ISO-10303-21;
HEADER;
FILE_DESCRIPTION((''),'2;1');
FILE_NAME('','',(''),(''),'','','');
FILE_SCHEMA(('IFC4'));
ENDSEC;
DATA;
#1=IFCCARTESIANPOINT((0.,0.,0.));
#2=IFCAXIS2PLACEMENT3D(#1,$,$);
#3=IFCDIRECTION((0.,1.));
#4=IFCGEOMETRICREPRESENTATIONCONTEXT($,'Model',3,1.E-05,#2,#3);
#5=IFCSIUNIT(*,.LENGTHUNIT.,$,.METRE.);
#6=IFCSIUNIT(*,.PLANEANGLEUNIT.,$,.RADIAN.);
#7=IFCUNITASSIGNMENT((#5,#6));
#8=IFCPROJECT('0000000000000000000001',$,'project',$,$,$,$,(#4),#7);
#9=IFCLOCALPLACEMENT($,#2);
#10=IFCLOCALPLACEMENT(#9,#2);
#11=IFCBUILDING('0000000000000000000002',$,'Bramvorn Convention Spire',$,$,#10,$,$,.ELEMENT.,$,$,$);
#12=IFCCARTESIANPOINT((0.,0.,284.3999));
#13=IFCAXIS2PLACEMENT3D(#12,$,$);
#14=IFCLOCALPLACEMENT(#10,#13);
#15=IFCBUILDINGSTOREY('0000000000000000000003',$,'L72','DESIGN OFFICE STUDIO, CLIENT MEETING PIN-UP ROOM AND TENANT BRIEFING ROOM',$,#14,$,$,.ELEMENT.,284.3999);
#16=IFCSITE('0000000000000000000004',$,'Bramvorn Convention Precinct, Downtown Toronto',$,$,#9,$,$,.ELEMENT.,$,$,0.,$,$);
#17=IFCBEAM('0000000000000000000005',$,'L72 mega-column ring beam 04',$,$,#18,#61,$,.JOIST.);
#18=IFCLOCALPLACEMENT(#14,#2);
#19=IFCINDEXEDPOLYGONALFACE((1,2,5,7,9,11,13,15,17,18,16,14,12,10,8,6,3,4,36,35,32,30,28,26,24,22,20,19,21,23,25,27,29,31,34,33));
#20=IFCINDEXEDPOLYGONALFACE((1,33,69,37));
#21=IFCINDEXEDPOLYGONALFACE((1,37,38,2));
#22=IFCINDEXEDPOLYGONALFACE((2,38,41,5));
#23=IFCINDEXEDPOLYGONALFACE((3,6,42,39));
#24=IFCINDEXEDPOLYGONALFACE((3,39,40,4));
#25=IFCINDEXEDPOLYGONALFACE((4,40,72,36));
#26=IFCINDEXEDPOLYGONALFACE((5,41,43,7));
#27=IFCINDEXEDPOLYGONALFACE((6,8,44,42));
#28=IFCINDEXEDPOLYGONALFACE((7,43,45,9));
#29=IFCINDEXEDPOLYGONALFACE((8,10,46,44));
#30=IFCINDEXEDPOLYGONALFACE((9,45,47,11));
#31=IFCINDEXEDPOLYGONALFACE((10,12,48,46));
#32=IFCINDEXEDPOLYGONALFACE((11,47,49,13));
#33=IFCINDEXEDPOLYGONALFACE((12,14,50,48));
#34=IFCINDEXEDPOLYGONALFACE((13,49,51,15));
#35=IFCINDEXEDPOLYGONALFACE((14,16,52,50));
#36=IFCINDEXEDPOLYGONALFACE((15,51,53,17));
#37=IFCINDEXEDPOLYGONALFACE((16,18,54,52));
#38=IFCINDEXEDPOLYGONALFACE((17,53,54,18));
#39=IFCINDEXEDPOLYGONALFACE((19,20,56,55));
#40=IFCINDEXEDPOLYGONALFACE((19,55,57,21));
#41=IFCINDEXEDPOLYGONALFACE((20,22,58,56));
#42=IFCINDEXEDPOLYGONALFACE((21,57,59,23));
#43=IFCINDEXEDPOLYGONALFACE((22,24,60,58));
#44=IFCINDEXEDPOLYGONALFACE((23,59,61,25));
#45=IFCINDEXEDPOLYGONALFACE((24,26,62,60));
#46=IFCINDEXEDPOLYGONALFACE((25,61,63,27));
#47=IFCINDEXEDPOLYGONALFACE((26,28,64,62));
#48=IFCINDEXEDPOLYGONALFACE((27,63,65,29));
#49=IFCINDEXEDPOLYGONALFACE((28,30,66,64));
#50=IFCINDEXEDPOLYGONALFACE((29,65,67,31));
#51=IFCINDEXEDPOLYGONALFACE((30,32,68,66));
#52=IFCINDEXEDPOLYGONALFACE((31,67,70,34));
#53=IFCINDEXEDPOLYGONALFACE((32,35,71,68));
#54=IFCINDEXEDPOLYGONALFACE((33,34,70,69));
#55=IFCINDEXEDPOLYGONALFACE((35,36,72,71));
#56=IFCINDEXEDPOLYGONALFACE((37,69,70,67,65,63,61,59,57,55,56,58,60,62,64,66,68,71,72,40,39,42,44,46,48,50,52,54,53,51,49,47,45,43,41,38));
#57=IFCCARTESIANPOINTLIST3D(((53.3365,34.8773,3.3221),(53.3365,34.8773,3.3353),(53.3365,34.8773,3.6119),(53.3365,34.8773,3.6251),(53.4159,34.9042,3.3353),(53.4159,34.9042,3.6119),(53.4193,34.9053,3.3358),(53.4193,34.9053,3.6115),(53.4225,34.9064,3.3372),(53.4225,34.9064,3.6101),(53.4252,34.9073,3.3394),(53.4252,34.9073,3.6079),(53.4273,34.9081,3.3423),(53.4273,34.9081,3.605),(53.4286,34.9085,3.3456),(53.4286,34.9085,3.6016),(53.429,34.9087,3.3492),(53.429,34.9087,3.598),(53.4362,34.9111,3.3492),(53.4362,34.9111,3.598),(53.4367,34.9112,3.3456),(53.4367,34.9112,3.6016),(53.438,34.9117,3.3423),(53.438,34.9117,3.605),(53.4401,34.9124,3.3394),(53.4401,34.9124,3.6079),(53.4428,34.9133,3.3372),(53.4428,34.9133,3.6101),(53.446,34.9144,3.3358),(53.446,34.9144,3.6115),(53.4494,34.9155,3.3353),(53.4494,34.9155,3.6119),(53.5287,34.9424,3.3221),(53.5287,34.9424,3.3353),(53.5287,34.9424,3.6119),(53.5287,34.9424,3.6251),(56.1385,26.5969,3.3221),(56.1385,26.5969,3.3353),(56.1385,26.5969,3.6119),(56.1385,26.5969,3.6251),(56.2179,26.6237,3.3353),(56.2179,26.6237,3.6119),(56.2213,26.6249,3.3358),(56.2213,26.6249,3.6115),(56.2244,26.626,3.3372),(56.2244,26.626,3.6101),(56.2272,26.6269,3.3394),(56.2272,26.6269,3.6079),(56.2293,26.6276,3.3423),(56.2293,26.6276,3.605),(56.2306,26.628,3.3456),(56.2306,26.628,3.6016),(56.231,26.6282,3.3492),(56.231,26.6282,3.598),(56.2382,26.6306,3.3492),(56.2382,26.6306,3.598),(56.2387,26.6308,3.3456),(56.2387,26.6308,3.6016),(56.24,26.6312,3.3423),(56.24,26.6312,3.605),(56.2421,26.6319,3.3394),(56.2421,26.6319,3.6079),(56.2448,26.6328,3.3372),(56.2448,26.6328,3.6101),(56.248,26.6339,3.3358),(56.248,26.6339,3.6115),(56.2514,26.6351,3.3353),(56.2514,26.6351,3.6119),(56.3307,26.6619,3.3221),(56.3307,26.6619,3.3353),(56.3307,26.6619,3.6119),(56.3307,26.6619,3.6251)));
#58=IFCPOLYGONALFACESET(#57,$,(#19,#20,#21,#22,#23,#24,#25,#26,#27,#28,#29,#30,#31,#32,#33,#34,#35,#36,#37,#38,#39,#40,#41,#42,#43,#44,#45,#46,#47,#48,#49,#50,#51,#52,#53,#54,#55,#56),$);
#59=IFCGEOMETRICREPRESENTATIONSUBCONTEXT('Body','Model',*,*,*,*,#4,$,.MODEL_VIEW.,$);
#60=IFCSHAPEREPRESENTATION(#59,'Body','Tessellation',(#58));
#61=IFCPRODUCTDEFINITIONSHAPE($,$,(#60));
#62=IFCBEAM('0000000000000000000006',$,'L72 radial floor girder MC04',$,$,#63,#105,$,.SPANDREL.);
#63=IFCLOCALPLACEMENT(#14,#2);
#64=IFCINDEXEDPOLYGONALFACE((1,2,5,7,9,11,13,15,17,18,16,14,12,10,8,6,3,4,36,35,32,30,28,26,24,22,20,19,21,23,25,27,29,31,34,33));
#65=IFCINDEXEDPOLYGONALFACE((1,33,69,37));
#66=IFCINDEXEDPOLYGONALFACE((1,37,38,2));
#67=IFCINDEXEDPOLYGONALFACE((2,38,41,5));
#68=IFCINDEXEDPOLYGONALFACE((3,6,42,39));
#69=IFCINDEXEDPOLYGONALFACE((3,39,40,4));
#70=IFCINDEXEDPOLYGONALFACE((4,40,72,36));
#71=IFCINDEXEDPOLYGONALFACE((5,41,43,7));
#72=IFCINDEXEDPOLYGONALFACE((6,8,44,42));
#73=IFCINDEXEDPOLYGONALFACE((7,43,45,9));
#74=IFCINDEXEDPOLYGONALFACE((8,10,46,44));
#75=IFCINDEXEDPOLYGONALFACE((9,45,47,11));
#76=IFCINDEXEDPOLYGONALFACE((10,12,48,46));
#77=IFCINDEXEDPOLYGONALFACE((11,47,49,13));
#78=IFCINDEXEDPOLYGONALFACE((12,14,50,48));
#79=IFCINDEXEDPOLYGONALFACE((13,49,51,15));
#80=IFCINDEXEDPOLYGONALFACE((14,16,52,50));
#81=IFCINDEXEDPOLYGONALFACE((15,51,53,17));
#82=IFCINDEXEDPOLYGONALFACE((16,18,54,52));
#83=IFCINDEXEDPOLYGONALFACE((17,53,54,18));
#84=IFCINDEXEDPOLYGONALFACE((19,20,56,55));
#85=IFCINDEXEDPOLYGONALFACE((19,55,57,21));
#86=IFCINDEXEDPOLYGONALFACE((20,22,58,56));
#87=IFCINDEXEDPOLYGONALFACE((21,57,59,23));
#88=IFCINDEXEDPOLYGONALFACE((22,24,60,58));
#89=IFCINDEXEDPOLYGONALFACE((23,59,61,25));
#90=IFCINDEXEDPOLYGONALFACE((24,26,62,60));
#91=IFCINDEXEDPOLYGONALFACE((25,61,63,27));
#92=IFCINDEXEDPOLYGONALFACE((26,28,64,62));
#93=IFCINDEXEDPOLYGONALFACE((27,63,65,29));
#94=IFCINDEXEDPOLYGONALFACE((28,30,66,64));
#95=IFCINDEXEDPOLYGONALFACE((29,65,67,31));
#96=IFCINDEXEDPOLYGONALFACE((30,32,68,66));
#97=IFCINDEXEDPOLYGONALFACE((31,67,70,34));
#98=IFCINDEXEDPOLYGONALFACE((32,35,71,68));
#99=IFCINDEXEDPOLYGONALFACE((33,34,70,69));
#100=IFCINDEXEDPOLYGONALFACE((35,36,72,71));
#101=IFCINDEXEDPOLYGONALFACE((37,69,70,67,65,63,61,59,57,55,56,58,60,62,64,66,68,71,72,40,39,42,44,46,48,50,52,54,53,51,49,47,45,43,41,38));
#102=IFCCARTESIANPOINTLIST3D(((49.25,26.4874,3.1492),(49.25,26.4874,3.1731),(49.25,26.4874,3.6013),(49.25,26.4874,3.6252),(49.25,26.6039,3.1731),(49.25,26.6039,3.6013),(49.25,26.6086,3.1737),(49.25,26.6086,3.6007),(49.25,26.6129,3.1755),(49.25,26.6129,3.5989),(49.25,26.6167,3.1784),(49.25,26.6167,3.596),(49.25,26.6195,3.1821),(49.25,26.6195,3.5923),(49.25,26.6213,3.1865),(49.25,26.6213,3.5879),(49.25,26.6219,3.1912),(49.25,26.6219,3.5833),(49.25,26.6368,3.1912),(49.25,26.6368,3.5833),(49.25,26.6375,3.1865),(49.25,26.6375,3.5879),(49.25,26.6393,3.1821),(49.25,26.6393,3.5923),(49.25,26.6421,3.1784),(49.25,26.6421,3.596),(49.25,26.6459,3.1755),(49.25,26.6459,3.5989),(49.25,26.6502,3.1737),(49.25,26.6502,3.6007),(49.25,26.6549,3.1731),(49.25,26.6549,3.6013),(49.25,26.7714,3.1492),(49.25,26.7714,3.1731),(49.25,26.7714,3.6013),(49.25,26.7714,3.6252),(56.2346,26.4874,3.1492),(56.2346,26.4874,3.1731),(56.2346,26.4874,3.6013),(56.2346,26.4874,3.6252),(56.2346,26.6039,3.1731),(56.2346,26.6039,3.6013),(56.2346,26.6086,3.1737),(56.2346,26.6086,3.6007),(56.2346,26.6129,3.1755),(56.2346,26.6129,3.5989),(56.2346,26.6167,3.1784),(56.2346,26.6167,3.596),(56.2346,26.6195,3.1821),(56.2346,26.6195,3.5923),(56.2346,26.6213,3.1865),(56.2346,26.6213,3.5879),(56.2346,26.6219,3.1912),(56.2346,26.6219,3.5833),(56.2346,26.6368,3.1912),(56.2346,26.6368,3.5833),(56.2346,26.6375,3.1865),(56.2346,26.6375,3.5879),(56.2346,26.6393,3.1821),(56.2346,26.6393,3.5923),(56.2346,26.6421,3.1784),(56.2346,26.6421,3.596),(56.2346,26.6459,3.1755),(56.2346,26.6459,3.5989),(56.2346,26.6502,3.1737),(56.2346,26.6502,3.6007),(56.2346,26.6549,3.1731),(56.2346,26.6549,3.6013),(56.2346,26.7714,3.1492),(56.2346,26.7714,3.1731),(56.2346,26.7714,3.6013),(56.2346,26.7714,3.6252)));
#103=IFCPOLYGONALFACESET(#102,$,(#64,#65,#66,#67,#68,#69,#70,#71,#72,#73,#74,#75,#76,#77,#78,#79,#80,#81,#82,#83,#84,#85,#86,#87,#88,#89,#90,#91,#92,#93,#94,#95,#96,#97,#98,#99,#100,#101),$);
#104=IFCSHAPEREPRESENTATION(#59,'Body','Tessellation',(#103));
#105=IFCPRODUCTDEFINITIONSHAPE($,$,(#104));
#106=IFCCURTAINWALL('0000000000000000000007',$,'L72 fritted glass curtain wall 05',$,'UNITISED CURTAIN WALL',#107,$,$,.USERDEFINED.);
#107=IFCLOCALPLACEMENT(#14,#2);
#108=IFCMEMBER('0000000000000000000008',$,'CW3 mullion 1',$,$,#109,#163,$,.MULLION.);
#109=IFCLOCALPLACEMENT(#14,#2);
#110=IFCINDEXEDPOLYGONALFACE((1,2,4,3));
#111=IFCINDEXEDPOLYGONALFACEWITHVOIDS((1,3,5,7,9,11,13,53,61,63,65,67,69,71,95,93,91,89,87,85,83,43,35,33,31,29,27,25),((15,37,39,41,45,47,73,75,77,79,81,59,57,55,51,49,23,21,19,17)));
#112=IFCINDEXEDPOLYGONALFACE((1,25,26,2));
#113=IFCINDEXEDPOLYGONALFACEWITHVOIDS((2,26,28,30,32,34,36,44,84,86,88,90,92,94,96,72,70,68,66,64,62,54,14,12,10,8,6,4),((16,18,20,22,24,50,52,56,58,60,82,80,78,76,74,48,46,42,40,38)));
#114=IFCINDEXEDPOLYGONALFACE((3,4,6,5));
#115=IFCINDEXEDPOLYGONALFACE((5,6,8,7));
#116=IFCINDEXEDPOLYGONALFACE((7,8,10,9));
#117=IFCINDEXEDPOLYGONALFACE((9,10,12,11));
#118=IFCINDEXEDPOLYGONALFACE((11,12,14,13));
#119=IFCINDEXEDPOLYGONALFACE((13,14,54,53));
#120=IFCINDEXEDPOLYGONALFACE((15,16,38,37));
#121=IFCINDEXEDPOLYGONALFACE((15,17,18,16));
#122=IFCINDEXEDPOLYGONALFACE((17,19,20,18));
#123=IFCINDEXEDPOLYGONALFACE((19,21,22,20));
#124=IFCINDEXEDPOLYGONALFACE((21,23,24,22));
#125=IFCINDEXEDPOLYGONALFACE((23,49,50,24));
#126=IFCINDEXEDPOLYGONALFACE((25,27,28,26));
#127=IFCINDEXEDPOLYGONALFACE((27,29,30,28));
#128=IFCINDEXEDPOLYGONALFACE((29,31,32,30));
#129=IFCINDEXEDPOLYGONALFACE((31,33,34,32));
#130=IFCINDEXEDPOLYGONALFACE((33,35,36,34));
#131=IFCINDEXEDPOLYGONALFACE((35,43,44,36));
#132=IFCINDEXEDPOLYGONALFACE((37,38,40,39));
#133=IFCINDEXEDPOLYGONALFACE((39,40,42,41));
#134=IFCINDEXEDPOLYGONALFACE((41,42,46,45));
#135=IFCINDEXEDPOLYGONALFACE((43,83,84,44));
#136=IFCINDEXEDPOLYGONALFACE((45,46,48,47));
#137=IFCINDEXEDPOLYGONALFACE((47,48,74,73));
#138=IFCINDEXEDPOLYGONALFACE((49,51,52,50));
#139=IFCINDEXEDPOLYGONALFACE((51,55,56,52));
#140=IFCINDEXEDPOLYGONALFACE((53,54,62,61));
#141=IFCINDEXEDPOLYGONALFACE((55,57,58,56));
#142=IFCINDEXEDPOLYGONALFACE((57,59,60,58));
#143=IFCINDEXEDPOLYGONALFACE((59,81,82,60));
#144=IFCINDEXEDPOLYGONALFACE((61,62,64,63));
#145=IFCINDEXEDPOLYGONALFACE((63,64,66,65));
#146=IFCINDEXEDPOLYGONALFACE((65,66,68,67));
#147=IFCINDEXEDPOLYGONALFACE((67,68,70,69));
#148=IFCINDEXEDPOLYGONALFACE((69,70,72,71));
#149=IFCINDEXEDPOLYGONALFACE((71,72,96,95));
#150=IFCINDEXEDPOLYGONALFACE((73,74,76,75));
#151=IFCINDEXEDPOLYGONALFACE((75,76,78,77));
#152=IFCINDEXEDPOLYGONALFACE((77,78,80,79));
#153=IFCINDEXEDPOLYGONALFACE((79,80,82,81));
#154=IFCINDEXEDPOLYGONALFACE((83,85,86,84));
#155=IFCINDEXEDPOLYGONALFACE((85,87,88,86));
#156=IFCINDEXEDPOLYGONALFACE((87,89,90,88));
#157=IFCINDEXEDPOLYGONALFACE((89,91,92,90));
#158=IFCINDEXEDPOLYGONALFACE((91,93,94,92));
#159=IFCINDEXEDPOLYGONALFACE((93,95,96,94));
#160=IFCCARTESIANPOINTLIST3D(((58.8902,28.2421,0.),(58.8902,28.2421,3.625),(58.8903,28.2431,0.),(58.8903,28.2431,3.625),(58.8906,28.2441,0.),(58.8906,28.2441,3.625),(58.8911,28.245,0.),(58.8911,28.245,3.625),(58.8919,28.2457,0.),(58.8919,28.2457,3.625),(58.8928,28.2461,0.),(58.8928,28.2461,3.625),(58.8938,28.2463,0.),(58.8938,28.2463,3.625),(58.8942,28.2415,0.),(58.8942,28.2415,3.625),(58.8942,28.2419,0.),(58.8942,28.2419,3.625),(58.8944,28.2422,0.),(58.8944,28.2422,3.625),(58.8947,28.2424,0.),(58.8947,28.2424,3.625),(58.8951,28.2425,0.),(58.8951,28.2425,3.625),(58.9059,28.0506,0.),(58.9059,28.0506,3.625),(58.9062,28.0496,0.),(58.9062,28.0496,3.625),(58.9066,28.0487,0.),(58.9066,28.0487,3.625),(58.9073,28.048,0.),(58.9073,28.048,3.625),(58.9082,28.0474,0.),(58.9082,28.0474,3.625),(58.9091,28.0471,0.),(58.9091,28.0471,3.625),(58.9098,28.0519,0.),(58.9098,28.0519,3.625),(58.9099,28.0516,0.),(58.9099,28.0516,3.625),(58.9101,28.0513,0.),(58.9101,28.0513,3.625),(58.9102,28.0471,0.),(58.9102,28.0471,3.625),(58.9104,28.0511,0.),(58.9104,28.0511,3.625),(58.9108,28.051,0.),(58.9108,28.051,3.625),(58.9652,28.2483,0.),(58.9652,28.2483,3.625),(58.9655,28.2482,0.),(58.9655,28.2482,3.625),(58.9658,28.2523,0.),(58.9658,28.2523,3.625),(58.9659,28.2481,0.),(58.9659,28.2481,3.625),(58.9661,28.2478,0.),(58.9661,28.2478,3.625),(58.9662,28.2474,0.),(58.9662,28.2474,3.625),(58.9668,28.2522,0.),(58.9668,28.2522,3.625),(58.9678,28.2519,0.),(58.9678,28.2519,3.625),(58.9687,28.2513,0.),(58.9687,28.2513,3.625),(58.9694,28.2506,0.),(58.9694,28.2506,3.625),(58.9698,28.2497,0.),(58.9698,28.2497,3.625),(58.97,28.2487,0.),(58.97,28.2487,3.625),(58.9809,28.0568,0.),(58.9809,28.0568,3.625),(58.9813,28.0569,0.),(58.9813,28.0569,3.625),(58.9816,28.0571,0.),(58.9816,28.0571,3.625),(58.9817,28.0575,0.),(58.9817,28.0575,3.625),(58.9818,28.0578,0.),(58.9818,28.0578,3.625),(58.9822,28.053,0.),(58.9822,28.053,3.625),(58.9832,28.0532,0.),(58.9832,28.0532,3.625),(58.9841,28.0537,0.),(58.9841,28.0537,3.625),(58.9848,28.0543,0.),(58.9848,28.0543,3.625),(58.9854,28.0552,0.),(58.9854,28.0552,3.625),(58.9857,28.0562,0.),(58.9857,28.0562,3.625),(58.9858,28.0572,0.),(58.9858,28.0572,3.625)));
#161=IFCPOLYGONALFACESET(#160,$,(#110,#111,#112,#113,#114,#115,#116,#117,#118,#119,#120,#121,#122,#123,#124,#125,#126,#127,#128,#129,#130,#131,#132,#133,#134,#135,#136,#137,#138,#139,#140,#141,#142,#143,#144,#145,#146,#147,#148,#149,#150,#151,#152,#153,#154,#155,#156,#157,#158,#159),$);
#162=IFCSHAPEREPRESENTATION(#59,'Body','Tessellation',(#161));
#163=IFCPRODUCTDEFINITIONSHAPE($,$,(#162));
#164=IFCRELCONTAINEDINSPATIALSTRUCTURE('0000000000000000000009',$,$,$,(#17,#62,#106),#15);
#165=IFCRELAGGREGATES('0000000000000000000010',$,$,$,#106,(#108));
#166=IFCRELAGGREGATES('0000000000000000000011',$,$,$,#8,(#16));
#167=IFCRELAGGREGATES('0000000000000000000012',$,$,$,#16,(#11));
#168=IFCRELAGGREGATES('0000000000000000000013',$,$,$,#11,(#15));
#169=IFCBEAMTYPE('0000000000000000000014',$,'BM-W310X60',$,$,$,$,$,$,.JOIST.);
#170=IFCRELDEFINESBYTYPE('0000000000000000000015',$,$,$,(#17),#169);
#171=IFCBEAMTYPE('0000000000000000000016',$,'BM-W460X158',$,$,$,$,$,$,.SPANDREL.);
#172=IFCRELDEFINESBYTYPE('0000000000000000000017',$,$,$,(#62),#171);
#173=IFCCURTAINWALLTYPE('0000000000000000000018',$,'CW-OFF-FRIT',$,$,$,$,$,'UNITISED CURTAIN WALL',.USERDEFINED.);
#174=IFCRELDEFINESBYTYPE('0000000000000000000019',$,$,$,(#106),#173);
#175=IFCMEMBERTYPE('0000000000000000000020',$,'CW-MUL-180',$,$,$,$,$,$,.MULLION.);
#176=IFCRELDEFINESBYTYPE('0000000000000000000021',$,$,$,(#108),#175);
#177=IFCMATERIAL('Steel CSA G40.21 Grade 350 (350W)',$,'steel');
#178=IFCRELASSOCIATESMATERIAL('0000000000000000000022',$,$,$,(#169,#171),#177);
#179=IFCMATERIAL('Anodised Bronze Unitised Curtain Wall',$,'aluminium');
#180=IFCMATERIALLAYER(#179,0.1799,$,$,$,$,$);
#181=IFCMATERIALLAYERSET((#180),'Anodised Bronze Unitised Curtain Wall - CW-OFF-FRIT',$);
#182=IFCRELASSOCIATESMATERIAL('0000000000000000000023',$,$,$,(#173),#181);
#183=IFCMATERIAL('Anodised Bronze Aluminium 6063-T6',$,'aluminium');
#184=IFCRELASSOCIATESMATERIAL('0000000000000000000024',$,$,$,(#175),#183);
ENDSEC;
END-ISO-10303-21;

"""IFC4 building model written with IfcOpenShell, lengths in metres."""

from ifc_helpers import new_model, si_unit, direction, frame, origin, origin_2d, place, context, subcontext, project, spatial, hollow_rectangle, i_section, extrude, material, layer, layer_set, material_profile, profile_set, type_object, element, aggregate, save


model = new_model("IFC4")

# Units and contexts
model_context = context("Model", 3, precision=1e-05, world=origin(), true_north=direction((0.0, 1.0)))
body_context = subcontext(model_context, "Body", "Model", "MODEL_VIEW")
ifc_project = project(units=[si_unit("LENGTHUNIT", "METRE"), si_unit("PLANEANGLEUNIT", "RADIAN")], contexts=[model_context])

# Site, building, storey
site_placement = place(None, origin())
site = spatial("IfcSite", under=ifc_project, at=site_placement, Name="Bramvorn Convention Precinct, Downtown Toronto", CompositionType="ELEMENT", RefElevation=0.0)
building_placement = place(site_placement, origin())
building = spatial("IfcBuilding", under=site, at=building_placement, Name="Bramvorn Convention Spire", CompositionType="ELEMENT")
storey_placement = place(building_placement, frame((0.0, 0.0, 284.3999)))
storey = spatial("IfcBuildingStorey", under=building, at=storey_placement, Name="L72", Description="DESIGN OFFICE STUDIO, CLIENT MEETING PIN-UP ROOM AND TENANT BRIEFING ROOM", CompositionType="ELEMENT", Elevation=284.3999)

# Shared definitions
ifc_material_1 = material(Name="Steel CSA G40.21 Grade 350 (350W)", Category="steel")

# Beams
ifc_material_profile_1 = material_profile(ifc_material_1, i_section(OverallWidth=0.2029, OverallDepth=0.303, WebThickness=0.0076, FlangeThickness=0.0132, FilletRadius=0.0139, at=origin_2d()))
ifc_profile_set_1 = profile_set([ifc_material_profile_1], Name="Steel CSA G40.21 Grade 350 (350W) - W310X60")
beam_type_1 = type_object("IfcBeamType", Name="BM-W310X60", PredefinedType="JOIST", material=ifc_profile_set_1)
beam_1_placement = place(storey_placement, frame((56.2346, 26.6294, 3.4736), z_axis=(-0.320531, 0.947238, 0.0), x_axis=(-0.947238, -0.320531, 0.0)))
element("IfcBeam", 1, at=beam_1_placement, inside=storey, type_object=beam_type_1, Name="L72 mega-column ring beam 04", PredefinedType="JOIST", context=body_context, shape_type="SweptSolid", body=[
    extrude(i_section(OverallWidth=0.2029, OverallDepth=0.303, WebThickness=0.0076, FlangeThickness=0.0132, FilletRadius=0.0139, at=origin_2d()), origin(), (0.0, 0.0, 1.0), 8.7417),
])
ifc_material_profile_2 = material_profile(ifc_material_1, i_section(OverallWidth=0.2839, OverallDepth=0.4761, WebThickness=0.0149, FlangeThickness=0.0239, FilletRadius=0.0181, at=origin_2d()))
ifc_profile_set_2 = profile_set([ifc_material_profile_2], Name="Steel CSA G40.21 Grade 350 (350W) - W460X158")
beam_type_2 = type_object("IfcBeamType", Name="BM-W460X158", PredefinedType="SPANDREL", material=ifc_profile_set_2)
beam_2_placement = place(storey_placement, frame((49.25, 26.6294, 3.3872), z_axis=(1.0, 0.0, 0.0), x_axis=(0.0, 1.0, 0.0)))
element("IfcBeam", 2, at=beam_2_placement, inside=storey, type_object=beam_type_2, Name="L72 radial floor girder MC04", PredefinedType="SPANDREL", context=body_context, shape_type="SweptSolid", body=[
    extrude(i_section(OverallWidth=0.2839, OverallDepth=0.4761, WebThickness=0.0149, FlangeThickness=0.0239, FilletRadius=0.0181, at=origin_2d()), origin(), (0.0, 0.0, 1.0), 6.9846),
])

# Curtain wall, member
ifc_material_2 = material(Name="Anodised Bronze Unitised Curtain Wall", Category="aluminium")
ifc_layer_1 = layer(ifc_material_2, 0.1799)
ifc_layer_set_1 = layer_set([ifc_layer_1], Name="Anodised Bronze Unitised Curtain Wall - CW-OFF-FRIT")
curtain_wall_type = type_object("IfcCurtainWallType", Name="CW-OFF-FRIT", ElementType="UNITISED CURTAIN WALL", PredefinedType="USERDEFINED", material=ifc_layer_set_1)
curtain_wall_placement = place(storey_placement, origin())
curtain_wall = element("IfcCurtainWall", 3, at=curtain_wall_placement, inside=storey, type_object=curtain_wall_type, Name="L72 fritted glass curtain wall 05", ObjectType="UNITISED CURTAIN WALL", PredefinedType="USERDEFINED")
ifc_material_3 = material(Name="Anodised Bronze Aluminium 6063-T6", Category="aluminium")
ifc_material_profile_3 = material_profile(ifc_material_3, hollow_rectangle(XDim=0.0801, YDim=0.2, WallThickness=0.0039, InnerFilletRadius=0.001, OuterFilletRadius=0.0039, at=origin_2d()))
ifc_profile_set_3 = profile_set([ifc_material_profile_3], Name="Anodised Bronze Aluminium 6063-T6 - CWM80X200")
member_type_1 = type_object("IfcMemberType", Name="CW-MUL-180", PredefinedType="MULLION", material=ifc_profile_set_3)
member_1_placement = place(storey_placement, frame((58.938, 28.1497, 0.0), z_axis=(0.0, 0.0, 1.0), x_axis=(0.996648, 0.081809, 0.0)))
member_1 = element("IfcMember", 4, at=member_1_placement, type_object=member_type_1, Name="CW3 mullion 1", PredefinedType="MULLION", context=body_context, shape_type="SweptSolid", body=[
    extrude(hollow_rectangle(XDim=0.0801, YDim=0.2, WallThickness=0.0039, InnerFilletRadius=0.001, OuterFilletRadius=0.0039, at=origin_2d()), origin(), (0.0, 0.0, 1.0), 3.625),
])
aggregate(curtain_wall, [member_1])

save(model, "model.ifc")
